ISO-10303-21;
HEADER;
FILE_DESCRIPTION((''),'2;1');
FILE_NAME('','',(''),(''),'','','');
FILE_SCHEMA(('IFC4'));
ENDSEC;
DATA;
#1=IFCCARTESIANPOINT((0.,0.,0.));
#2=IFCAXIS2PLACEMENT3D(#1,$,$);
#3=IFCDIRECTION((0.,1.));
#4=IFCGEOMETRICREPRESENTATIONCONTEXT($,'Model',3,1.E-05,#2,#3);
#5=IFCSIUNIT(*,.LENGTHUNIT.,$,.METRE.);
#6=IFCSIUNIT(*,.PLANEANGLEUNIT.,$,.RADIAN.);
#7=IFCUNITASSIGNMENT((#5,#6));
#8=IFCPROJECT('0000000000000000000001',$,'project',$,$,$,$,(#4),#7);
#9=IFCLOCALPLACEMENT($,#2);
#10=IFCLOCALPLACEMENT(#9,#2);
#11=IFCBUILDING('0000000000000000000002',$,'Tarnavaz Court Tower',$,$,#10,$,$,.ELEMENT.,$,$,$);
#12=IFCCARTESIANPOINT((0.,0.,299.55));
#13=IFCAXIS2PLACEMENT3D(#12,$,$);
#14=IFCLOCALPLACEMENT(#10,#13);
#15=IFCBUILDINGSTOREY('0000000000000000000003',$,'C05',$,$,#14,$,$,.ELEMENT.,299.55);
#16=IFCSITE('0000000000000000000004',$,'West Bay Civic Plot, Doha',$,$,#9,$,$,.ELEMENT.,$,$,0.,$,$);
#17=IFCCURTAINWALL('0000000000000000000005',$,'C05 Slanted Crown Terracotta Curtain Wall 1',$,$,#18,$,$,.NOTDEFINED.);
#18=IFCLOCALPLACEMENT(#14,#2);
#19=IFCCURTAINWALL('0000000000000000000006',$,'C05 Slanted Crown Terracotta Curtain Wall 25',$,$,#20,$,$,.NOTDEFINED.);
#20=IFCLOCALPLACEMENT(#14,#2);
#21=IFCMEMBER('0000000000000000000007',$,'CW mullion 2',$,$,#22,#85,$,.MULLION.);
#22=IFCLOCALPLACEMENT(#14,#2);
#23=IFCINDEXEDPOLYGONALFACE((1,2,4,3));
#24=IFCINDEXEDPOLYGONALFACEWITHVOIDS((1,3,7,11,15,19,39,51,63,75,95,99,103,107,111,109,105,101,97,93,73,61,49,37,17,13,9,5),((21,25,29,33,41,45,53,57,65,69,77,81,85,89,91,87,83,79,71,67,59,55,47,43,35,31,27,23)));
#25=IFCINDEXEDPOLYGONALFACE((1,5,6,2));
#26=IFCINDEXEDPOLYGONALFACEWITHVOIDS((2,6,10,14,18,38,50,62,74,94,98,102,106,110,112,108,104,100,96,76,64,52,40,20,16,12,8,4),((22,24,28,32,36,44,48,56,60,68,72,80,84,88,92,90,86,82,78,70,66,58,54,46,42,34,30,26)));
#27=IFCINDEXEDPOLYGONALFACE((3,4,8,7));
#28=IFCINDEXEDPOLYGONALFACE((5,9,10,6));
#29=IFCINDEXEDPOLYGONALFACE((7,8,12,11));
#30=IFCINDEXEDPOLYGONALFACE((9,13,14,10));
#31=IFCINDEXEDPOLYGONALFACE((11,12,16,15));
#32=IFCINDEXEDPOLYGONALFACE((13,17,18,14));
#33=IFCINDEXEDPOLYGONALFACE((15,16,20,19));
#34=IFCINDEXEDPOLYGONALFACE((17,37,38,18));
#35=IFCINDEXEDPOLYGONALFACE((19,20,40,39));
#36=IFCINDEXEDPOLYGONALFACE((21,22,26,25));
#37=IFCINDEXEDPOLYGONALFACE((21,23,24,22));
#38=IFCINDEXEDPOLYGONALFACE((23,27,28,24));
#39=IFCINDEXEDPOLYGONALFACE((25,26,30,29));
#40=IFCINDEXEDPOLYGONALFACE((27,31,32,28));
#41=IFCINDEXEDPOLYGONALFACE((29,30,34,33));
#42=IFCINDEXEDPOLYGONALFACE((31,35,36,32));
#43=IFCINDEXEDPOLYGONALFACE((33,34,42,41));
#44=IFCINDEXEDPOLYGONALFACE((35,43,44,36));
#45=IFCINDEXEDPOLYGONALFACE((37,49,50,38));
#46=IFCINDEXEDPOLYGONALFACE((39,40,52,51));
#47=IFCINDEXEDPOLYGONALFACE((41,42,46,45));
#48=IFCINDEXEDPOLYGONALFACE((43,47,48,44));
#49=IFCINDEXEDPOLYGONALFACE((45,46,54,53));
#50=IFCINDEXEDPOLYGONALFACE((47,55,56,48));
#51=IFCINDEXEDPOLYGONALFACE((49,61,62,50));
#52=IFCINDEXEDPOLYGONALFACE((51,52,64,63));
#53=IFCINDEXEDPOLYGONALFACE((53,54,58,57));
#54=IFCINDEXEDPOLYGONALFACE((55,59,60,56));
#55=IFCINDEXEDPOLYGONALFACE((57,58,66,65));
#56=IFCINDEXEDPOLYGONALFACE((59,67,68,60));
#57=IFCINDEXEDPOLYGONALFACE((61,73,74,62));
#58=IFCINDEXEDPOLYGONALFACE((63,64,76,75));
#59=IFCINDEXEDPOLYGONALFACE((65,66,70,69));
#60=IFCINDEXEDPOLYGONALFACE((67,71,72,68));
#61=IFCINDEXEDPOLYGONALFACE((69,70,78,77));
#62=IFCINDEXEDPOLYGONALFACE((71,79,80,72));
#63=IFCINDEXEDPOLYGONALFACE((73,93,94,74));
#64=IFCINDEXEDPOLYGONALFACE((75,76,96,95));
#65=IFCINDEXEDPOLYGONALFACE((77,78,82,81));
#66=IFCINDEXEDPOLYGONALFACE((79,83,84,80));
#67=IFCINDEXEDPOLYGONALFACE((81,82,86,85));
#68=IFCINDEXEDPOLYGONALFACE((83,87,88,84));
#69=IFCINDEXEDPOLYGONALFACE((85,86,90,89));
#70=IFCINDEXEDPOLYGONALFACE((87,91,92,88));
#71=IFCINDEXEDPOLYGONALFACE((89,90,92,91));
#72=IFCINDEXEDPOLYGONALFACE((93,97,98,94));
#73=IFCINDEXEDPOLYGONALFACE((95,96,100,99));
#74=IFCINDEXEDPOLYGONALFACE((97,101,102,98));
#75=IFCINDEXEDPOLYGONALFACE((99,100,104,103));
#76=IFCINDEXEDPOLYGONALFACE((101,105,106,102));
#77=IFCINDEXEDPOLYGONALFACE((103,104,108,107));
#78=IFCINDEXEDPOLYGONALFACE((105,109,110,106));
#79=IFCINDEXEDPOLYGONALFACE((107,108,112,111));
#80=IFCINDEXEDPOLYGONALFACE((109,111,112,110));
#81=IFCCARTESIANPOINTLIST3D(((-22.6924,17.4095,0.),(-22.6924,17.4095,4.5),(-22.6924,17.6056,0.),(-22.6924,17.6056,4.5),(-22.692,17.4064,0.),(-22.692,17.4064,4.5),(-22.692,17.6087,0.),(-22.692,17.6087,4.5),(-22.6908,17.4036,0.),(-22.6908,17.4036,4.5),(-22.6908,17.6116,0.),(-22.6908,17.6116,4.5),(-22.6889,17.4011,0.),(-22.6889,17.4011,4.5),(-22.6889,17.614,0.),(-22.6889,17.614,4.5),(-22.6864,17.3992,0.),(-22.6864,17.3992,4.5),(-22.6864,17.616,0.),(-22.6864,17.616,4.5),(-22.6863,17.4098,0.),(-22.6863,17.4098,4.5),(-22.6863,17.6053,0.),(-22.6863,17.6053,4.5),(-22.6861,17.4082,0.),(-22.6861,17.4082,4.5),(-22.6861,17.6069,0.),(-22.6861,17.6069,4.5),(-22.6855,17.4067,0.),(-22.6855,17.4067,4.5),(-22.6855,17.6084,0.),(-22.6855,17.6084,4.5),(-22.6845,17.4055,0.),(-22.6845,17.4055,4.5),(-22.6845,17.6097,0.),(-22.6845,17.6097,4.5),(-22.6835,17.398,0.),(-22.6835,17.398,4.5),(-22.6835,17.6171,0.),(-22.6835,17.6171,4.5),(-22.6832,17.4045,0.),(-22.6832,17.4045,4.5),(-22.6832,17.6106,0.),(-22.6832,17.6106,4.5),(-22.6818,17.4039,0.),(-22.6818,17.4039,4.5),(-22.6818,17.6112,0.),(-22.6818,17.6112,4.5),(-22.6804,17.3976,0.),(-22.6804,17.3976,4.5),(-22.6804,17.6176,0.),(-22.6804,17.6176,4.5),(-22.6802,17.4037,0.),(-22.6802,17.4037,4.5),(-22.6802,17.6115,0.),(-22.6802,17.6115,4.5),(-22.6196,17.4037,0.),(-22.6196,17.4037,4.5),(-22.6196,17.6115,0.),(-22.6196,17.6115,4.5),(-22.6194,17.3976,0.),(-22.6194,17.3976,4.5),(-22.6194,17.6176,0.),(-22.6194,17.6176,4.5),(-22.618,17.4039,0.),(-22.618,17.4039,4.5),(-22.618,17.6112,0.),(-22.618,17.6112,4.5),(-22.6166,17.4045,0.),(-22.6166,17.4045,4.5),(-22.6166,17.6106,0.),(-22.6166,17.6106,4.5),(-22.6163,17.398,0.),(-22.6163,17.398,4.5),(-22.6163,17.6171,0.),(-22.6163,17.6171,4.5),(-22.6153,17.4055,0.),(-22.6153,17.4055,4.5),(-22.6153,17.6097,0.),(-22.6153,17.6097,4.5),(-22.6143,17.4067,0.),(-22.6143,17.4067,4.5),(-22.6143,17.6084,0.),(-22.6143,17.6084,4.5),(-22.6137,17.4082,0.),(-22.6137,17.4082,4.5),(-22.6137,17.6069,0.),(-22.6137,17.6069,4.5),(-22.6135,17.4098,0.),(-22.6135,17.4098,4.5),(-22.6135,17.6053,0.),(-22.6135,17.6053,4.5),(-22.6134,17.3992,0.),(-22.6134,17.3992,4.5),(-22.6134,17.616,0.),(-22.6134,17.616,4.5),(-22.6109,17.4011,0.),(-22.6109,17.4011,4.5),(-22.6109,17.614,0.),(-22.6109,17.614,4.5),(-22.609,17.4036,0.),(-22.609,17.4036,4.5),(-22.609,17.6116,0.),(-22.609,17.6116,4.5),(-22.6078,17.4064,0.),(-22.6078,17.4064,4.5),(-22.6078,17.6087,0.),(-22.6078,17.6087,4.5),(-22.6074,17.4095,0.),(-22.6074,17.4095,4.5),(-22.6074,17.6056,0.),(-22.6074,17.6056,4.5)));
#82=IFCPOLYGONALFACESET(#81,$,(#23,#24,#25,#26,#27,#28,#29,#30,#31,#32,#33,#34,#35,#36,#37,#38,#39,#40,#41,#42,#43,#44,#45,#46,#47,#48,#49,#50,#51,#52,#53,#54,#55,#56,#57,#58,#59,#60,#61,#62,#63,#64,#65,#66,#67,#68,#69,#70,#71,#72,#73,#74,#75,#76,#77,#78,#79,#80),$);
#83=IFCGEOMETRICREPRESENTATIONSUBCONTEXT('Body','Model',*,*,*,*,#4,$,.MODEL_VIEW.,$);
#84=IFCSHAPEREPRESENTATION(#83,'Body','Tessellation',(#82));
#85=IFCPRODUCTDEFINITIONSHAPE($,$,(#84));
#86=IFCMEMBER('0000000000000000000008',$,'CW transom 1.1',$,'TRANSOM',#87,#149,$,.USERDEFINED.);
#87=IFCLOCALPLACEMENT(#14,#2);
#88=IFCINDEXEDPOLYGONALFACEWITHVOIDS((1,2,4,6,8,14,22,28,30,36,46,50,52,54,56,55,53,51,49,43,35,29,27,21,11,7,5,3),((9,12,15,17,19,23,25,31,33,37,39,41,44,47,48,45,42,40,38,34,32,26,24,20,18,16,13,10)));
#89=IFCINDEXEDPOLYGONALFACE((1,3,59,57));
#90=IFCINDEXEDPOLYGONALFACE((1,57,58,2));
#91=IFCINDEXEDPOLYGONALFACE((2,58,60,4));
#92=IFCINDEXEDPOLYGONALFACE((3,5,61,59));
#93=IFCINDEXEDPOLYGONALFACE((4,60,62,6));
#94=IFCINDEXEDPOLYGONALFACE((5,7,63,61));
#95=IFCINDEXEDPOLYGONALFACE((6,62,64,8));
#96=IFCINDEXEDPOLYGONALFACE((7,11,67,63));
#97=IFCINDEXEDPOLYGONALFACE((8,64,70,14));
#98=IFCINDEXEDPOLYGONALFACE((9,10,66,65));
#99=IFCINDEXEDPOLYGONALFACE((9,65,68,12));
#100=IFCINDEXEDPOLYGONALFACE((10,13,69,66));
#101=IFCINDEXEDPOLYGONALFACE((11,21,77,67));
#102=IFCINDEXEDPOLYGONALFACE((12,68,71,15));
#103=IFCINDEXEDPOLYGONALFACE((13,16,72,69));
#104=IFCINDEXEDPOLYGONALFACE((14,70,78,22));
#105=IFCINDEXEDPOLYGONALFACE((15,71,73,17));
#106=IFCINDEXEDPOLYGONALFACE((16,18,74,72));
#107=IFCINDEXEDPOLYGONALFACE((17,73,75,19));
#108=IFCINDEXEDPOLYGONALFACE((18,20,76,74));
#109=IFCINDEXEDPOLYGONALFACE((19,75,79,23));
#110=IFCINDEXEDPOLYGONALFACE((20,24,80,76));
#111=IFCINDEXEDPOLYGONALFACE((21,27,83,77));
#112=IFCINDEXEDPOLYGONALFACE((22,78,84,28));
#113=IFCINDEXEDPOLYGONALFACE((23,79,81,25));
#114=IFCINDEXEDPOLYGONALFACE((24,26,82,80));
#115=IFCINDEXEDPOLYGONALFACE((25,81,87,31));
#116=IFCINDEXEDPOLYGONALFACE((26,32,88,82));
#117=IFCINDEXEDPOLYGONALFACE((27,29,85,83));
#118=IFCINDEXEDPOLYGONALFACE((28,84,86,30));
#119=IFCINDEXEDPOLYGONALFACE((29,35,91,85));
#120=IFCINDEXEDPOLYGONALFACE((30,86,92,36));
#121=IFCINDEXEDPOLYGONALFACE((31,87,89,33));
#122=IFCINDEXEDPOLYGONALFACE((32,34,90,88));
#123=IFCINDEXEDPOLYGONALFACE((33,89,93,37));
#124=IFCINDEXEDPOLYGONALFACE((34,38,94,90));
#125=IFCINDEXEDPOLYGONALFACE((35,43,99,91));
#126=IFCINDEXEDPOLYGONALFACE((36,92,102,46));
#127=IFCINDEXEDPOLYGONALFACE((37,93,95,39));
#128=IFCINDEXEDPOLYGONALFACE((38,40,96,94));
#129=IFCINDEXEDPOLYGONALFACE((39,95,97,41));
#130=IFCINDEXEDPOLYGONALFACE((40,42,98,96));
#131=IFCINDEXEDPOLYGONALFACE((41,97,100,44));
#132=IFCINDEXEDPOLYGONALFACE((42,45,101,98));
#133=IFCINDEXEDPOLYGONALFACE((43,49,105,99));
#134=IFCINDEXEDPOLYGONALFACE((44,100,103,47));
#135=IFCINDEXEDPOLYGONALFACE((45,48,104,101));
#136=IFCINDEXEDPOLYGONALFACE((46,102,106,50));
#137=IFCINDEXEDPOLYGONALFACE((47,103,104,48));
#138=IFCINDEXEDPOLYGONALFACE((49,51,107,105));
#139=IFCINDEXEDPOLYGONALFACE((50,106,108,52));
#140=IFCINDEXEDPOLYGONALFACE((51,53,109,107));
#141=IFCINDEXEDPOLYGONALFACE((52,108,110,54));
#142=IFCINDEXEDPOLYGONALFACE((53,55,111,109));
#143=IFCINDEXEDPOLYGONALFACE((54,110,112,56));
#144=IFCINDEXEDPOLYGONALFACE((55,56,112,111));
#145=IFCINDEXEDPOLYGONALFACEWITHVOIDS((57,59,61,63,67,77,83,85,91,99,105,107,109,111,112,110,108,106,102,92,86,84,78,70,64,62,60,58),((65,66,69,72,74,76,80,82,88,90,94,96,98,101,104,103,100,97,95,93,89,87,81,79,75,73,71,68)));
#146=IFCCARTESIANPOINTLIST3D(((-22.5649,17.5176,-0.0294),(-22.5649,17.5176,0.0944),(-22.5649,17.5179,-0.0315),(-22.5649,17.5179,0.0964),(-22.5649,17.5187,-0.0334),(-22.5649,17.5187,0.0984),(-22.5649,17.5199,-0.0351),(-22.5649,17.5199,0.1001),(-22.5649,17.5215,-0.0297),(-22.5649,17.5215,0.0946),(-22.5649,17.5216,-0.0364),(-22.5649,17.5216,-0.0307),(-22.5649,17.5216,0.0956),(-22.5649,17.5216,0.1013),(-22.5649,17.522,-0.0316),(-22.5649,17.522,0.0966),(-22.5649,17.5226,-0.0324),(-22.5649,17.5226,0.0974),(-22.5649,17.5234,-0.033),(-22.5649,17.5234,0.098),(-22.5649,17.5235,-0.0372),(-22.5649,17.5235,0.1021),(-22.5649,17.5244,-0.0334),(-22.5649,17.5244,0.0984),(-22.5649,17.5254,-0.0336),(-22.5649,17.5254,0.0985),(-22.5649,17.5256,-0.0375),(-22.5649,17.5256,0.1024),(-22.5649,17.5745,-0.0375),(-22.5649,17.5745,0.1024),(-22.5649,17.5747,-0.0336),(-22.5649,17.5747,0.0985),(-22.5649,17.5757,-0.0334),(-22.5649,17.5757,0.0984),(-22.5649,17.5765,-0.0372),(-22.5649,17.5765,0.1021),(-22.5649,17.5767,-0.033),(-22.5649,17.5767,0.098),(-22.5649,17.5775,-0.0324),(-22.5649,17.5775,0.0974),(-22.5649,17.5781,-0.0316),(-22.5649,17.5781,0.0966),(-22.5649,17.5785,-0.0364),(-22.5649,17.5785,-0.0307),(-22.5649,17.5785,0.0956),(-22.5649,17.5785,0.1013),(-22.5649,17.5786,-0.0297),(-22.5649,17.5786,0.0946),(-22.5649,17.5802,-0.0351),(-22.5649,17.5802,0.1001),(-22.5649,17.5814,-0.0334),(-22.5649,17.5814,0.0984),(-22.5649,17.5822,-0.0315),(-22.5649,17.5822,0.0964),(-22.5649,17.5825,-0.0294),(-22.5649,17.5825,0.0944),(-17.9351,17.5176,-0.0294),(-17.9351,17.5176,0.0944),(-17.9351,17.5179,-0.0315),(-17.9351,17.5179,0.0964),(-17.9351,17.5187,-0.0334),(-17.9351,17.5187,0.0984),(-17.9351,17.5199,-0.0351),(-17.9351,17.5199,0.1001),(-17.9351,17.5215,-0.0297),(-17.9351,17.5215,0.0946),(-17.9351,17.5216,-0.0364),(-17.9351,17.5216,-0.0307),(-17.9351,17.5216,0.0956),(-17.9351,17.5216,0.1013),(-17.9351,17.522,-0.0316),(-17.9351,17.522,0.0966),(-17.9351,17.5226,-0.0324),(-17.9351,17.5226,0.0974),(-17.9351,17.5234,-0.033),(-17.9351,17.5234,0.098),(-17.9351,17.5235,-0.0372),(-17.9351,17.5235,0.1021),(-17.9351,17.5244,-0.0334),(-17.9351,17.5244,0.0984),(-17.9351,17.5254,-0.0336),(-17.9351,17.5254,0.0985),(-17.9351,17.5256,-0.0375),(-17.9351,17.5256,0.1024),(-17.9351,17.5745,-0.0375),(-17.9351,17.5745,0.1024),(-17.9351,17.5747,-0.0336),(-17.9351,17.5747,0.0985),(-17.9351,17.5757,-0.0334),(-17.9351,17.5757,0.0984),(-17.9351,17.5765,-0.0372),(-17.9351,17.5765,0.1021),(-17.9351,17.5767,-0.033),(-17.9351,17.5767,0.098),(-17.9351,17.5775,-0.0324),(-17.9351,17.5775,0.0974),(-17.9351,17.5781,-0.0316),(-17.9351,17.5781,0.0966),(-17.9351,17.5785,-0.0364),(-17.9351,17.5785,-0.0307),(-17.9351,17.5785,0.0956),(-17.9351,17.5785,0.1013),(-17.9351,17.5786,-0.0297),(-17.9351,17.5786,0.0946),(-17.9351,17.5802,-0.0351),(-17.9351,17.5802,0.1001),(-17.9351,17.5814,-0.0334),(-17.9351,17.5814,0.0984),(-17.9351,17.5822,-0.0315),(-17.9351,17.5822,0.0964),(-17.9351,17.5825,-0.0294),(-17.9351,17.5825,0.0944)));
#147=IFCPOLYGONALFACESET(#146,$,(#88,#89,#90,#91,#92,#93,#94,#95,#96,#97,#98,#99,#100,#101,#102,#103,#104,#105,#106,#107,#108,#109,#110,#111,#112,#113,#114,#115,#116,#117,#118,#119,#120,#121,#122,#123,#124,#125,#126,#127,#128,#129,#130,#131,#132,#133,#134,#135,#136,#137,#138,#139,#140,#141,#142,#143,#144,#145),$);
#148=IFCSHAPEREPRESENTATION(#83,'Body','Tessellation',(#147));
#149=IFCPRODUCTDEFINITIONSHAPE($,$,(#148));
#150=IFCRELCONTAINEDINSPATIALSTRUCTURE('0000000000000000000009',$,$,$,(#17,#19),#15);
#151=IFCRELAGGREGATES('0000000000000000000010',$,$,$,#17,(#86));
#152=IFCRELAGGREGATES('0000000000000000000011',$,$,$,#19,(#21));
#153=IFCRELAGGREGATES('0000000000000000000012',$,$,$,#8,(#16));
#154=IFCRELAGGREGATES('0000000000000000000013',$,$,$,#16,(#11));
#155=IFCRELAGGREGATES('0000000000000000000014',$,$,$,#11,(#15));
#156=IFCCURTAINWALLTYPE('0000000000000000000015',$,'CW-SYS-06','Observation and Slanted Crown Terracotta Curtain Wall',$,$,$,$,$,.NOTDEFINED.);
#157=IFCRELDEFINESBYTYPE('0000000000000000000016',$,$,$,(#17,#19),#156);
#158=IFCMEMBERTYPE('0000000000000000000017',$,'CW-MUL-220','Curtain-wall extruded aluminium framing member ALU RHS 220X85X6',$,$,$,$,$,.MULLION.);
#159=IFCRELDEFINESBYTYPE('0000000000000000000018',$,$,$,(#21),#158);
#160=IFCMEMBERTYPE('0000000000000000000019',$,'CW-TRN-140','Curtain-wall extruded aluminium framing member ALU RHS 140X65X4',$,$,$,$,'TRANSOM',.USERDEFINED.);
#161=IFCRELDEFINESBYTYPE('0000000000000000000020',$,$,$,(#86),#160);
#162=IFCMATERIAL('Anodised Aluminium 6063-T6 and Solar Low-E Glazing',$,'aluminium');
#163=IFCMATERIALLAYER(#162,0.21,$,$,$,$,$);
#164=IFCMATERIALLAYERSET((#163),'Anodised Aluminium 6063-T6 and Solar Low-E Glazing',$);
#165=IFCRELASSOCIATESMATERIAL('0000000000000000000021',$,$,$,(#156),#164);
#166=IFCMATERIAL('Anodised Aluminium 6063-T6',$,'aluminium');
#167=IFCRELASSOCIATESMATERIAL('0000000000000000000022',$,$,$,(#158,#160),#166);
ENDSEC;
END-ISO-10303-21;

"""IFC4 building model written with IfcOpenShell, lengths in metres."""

from ifc_helpers import new_model, si_unit, direction, frame, origin, origin_2d, place, context, subcontext, project, spatial, hollow_rectangle, extrude, material, layer, layer_set, material_profile, profile_set, type_object, element, aggregate, save


model = new_model("IFC4")

# Units and contexts
model_context = context("Model", 3, precision=1e-05, world=origin(), true_north=direction((0.0, 1.0)))
body_context = subcontext(model_context, "Body", "Model", "MODEL_VIEW")
ifc_project = project(units=[si_unit("LENGTHUNIT", "METRE"), si_unit("PLANEANGLEUNIT", "RADIAN")], contexts=[model_context])

# Site, building, storey
site_placement = place(None, origin())
site = spatial("IfcSite", under=ifc_project, at=site_placement, Name="West Bay Civic Plot, Doha", CompositionType="ELEMENT", RefElevation=0.0)
building_placement = place(site_placement, origin())
building = spatial("IfcBuilding", under=site, at=building_placement, Name="Tarnavaz Court Tower", CompositionType="ELEMENT")
storey_placement = place(building_placement, frame((0.0, 0.0, 299.55)))
storey = spatial("IfcBuildingStorey", under=building, at=storey_placement, Name="C05", CompositionType="ELEMENT", Elevation=299.55)

# Curtain wall
ifc_material_1 = material(Name="Anodised Aluminium 6063-T6 and Solar Low-E Glazing", Category="aluminium")
ifc_layer_1 = layer(ifc_material_1, 0.21)
ifc_layer_set_1 = layer_set([ifc_layer_1], Name="Anodised Aluminium 6063-T6 and Solar Low-E Glazing")
curtain_wall_type = type_object("IfcCurtainWallType", Name="CW-SYS-06", Description="Observation and Slanted Crown Terracotta Curtain Wall", PredefinedType="NOTDEFINED", material=ifc_layer_set_1)
curtain_wall_1_placement = place(storey_placement, origin())
curtain_wall_1 = element("IfcCurtainWall", 1, at=curtain_wall_1_placement, inside=storey, type_object=curtain_wall_type, Name="C05 Slanted Crown Terracotta Curtain Wall 1", PredefinedType="NOTDEFINED")
ifc_material_2 = material(Name="Anodised Aluminium 6063-T6", Category="aluminium")
ifc_material_profile_1 = material_profile(ifc_material_2, hollow_rectangle(XDim=0.085, YDim=0.22, WallThickness=0.0061, InnerFilletRadius=0.0061, OuterFilletRadius=0.012, at=origin_2d()), Name="ALU RHS 220X85X6")
ifc_profile_set_1 = profile_set([ifc_material_profile_1], Name="Anodised Aluminium 6063-T6")
member_type_1 = type_object("IfcMemberType", Name="CW-MUL-220", Description="Curtain-wall extruded aluminium framing member ALU RHS 220X85X6", PredefinedType="MULLION", material=ifc_profile_set_1)

# Curtain wall, member
curtain_wall_2_placement = place(storey_placement, origin())
curtain_wall_2 = element("IfcCurtainWall", 2, at=curtain_wall_2_placement, inside=storey, type_object=curtain_wall_type, Name="C05 Slanted Crown Terracotta Curtain Wall 25", PredefinedType="NOTDEFINED")
member_1_placement = place(storey_placement, frame((-22.6499, 17.5076, 0.0), z_axis=(0.0, 0.0, 1.0), x_axis=(-1.0, 0.0, 0.0)))
member_1 = element("IfcMember", 3, at=member_1_placement, type_object=member_type_1, Name="CW mullion 2", PredefinedType="MULLION", context=body_context, shape_type="SweptSolid", body=[
    extrude(hollow_rectangle(XDim=0.085, YDim=0.22, WallThickness=0.0061, InnerFilletRadius=0.0061, OuterFilletRadius=0.012, at=origin_2d()), origin(), (0.0, 0.0, 1.0), 4.5),
])

# Member
ifc_material_profile_2 = material_profile(ifc_material_2, hollow_rectangle(XDim=0.0649, YDim=0.1399, WallThickness=0.0039, InnerFilletRadius=0.0039, OuterFilletRadius=0.0081, at=origin_2d()), Name="ALU RHS 140X65X4")
ifc_profile_set_2 = profile_set([ifc_material_profile_2], Name="Anodised Aluminium 6063-T6")
member_type_2 = type_object("IfcMemberType", Name="CW-TRN-140", Description="Curtain-wall extruded aluminium framing member ALU RHS 140X65X4", ElementType="TRANSOM", PredefinedType="USERDEFINED", material=ifc_profile_set_2)
member_2_placement = place(storey_placement, frame((-22.5649, 17.55, 0.0325), z_axis=(1.0, 0.0, 0.0), x_axis=(0.0, 1.0, 0.0)))
member_2 = element("IfcMember", 4, at=member_2_placement, type_object=member_type_2, Name="CW transom 1.1", ObjectType="TRANSOM", PredefinedType="USERDEFINED", context=body_context, shape_type="SweptSolid", body=[
    extrude(hollow_rectangle(XDim=0.0649, YDim=0.1399, WallThickness=0.0039, InnerFilletRadius=0.0039, OuterFilletRadius=0.0081, at=origin_2d()), origin(), (0.0, 0.0, 1.0), 4.6299),
])

aggregate(curtain_wall_1, [member_2])
aggregate(curtain_wall_2, [member_1])

save(model, "model.ifc")
